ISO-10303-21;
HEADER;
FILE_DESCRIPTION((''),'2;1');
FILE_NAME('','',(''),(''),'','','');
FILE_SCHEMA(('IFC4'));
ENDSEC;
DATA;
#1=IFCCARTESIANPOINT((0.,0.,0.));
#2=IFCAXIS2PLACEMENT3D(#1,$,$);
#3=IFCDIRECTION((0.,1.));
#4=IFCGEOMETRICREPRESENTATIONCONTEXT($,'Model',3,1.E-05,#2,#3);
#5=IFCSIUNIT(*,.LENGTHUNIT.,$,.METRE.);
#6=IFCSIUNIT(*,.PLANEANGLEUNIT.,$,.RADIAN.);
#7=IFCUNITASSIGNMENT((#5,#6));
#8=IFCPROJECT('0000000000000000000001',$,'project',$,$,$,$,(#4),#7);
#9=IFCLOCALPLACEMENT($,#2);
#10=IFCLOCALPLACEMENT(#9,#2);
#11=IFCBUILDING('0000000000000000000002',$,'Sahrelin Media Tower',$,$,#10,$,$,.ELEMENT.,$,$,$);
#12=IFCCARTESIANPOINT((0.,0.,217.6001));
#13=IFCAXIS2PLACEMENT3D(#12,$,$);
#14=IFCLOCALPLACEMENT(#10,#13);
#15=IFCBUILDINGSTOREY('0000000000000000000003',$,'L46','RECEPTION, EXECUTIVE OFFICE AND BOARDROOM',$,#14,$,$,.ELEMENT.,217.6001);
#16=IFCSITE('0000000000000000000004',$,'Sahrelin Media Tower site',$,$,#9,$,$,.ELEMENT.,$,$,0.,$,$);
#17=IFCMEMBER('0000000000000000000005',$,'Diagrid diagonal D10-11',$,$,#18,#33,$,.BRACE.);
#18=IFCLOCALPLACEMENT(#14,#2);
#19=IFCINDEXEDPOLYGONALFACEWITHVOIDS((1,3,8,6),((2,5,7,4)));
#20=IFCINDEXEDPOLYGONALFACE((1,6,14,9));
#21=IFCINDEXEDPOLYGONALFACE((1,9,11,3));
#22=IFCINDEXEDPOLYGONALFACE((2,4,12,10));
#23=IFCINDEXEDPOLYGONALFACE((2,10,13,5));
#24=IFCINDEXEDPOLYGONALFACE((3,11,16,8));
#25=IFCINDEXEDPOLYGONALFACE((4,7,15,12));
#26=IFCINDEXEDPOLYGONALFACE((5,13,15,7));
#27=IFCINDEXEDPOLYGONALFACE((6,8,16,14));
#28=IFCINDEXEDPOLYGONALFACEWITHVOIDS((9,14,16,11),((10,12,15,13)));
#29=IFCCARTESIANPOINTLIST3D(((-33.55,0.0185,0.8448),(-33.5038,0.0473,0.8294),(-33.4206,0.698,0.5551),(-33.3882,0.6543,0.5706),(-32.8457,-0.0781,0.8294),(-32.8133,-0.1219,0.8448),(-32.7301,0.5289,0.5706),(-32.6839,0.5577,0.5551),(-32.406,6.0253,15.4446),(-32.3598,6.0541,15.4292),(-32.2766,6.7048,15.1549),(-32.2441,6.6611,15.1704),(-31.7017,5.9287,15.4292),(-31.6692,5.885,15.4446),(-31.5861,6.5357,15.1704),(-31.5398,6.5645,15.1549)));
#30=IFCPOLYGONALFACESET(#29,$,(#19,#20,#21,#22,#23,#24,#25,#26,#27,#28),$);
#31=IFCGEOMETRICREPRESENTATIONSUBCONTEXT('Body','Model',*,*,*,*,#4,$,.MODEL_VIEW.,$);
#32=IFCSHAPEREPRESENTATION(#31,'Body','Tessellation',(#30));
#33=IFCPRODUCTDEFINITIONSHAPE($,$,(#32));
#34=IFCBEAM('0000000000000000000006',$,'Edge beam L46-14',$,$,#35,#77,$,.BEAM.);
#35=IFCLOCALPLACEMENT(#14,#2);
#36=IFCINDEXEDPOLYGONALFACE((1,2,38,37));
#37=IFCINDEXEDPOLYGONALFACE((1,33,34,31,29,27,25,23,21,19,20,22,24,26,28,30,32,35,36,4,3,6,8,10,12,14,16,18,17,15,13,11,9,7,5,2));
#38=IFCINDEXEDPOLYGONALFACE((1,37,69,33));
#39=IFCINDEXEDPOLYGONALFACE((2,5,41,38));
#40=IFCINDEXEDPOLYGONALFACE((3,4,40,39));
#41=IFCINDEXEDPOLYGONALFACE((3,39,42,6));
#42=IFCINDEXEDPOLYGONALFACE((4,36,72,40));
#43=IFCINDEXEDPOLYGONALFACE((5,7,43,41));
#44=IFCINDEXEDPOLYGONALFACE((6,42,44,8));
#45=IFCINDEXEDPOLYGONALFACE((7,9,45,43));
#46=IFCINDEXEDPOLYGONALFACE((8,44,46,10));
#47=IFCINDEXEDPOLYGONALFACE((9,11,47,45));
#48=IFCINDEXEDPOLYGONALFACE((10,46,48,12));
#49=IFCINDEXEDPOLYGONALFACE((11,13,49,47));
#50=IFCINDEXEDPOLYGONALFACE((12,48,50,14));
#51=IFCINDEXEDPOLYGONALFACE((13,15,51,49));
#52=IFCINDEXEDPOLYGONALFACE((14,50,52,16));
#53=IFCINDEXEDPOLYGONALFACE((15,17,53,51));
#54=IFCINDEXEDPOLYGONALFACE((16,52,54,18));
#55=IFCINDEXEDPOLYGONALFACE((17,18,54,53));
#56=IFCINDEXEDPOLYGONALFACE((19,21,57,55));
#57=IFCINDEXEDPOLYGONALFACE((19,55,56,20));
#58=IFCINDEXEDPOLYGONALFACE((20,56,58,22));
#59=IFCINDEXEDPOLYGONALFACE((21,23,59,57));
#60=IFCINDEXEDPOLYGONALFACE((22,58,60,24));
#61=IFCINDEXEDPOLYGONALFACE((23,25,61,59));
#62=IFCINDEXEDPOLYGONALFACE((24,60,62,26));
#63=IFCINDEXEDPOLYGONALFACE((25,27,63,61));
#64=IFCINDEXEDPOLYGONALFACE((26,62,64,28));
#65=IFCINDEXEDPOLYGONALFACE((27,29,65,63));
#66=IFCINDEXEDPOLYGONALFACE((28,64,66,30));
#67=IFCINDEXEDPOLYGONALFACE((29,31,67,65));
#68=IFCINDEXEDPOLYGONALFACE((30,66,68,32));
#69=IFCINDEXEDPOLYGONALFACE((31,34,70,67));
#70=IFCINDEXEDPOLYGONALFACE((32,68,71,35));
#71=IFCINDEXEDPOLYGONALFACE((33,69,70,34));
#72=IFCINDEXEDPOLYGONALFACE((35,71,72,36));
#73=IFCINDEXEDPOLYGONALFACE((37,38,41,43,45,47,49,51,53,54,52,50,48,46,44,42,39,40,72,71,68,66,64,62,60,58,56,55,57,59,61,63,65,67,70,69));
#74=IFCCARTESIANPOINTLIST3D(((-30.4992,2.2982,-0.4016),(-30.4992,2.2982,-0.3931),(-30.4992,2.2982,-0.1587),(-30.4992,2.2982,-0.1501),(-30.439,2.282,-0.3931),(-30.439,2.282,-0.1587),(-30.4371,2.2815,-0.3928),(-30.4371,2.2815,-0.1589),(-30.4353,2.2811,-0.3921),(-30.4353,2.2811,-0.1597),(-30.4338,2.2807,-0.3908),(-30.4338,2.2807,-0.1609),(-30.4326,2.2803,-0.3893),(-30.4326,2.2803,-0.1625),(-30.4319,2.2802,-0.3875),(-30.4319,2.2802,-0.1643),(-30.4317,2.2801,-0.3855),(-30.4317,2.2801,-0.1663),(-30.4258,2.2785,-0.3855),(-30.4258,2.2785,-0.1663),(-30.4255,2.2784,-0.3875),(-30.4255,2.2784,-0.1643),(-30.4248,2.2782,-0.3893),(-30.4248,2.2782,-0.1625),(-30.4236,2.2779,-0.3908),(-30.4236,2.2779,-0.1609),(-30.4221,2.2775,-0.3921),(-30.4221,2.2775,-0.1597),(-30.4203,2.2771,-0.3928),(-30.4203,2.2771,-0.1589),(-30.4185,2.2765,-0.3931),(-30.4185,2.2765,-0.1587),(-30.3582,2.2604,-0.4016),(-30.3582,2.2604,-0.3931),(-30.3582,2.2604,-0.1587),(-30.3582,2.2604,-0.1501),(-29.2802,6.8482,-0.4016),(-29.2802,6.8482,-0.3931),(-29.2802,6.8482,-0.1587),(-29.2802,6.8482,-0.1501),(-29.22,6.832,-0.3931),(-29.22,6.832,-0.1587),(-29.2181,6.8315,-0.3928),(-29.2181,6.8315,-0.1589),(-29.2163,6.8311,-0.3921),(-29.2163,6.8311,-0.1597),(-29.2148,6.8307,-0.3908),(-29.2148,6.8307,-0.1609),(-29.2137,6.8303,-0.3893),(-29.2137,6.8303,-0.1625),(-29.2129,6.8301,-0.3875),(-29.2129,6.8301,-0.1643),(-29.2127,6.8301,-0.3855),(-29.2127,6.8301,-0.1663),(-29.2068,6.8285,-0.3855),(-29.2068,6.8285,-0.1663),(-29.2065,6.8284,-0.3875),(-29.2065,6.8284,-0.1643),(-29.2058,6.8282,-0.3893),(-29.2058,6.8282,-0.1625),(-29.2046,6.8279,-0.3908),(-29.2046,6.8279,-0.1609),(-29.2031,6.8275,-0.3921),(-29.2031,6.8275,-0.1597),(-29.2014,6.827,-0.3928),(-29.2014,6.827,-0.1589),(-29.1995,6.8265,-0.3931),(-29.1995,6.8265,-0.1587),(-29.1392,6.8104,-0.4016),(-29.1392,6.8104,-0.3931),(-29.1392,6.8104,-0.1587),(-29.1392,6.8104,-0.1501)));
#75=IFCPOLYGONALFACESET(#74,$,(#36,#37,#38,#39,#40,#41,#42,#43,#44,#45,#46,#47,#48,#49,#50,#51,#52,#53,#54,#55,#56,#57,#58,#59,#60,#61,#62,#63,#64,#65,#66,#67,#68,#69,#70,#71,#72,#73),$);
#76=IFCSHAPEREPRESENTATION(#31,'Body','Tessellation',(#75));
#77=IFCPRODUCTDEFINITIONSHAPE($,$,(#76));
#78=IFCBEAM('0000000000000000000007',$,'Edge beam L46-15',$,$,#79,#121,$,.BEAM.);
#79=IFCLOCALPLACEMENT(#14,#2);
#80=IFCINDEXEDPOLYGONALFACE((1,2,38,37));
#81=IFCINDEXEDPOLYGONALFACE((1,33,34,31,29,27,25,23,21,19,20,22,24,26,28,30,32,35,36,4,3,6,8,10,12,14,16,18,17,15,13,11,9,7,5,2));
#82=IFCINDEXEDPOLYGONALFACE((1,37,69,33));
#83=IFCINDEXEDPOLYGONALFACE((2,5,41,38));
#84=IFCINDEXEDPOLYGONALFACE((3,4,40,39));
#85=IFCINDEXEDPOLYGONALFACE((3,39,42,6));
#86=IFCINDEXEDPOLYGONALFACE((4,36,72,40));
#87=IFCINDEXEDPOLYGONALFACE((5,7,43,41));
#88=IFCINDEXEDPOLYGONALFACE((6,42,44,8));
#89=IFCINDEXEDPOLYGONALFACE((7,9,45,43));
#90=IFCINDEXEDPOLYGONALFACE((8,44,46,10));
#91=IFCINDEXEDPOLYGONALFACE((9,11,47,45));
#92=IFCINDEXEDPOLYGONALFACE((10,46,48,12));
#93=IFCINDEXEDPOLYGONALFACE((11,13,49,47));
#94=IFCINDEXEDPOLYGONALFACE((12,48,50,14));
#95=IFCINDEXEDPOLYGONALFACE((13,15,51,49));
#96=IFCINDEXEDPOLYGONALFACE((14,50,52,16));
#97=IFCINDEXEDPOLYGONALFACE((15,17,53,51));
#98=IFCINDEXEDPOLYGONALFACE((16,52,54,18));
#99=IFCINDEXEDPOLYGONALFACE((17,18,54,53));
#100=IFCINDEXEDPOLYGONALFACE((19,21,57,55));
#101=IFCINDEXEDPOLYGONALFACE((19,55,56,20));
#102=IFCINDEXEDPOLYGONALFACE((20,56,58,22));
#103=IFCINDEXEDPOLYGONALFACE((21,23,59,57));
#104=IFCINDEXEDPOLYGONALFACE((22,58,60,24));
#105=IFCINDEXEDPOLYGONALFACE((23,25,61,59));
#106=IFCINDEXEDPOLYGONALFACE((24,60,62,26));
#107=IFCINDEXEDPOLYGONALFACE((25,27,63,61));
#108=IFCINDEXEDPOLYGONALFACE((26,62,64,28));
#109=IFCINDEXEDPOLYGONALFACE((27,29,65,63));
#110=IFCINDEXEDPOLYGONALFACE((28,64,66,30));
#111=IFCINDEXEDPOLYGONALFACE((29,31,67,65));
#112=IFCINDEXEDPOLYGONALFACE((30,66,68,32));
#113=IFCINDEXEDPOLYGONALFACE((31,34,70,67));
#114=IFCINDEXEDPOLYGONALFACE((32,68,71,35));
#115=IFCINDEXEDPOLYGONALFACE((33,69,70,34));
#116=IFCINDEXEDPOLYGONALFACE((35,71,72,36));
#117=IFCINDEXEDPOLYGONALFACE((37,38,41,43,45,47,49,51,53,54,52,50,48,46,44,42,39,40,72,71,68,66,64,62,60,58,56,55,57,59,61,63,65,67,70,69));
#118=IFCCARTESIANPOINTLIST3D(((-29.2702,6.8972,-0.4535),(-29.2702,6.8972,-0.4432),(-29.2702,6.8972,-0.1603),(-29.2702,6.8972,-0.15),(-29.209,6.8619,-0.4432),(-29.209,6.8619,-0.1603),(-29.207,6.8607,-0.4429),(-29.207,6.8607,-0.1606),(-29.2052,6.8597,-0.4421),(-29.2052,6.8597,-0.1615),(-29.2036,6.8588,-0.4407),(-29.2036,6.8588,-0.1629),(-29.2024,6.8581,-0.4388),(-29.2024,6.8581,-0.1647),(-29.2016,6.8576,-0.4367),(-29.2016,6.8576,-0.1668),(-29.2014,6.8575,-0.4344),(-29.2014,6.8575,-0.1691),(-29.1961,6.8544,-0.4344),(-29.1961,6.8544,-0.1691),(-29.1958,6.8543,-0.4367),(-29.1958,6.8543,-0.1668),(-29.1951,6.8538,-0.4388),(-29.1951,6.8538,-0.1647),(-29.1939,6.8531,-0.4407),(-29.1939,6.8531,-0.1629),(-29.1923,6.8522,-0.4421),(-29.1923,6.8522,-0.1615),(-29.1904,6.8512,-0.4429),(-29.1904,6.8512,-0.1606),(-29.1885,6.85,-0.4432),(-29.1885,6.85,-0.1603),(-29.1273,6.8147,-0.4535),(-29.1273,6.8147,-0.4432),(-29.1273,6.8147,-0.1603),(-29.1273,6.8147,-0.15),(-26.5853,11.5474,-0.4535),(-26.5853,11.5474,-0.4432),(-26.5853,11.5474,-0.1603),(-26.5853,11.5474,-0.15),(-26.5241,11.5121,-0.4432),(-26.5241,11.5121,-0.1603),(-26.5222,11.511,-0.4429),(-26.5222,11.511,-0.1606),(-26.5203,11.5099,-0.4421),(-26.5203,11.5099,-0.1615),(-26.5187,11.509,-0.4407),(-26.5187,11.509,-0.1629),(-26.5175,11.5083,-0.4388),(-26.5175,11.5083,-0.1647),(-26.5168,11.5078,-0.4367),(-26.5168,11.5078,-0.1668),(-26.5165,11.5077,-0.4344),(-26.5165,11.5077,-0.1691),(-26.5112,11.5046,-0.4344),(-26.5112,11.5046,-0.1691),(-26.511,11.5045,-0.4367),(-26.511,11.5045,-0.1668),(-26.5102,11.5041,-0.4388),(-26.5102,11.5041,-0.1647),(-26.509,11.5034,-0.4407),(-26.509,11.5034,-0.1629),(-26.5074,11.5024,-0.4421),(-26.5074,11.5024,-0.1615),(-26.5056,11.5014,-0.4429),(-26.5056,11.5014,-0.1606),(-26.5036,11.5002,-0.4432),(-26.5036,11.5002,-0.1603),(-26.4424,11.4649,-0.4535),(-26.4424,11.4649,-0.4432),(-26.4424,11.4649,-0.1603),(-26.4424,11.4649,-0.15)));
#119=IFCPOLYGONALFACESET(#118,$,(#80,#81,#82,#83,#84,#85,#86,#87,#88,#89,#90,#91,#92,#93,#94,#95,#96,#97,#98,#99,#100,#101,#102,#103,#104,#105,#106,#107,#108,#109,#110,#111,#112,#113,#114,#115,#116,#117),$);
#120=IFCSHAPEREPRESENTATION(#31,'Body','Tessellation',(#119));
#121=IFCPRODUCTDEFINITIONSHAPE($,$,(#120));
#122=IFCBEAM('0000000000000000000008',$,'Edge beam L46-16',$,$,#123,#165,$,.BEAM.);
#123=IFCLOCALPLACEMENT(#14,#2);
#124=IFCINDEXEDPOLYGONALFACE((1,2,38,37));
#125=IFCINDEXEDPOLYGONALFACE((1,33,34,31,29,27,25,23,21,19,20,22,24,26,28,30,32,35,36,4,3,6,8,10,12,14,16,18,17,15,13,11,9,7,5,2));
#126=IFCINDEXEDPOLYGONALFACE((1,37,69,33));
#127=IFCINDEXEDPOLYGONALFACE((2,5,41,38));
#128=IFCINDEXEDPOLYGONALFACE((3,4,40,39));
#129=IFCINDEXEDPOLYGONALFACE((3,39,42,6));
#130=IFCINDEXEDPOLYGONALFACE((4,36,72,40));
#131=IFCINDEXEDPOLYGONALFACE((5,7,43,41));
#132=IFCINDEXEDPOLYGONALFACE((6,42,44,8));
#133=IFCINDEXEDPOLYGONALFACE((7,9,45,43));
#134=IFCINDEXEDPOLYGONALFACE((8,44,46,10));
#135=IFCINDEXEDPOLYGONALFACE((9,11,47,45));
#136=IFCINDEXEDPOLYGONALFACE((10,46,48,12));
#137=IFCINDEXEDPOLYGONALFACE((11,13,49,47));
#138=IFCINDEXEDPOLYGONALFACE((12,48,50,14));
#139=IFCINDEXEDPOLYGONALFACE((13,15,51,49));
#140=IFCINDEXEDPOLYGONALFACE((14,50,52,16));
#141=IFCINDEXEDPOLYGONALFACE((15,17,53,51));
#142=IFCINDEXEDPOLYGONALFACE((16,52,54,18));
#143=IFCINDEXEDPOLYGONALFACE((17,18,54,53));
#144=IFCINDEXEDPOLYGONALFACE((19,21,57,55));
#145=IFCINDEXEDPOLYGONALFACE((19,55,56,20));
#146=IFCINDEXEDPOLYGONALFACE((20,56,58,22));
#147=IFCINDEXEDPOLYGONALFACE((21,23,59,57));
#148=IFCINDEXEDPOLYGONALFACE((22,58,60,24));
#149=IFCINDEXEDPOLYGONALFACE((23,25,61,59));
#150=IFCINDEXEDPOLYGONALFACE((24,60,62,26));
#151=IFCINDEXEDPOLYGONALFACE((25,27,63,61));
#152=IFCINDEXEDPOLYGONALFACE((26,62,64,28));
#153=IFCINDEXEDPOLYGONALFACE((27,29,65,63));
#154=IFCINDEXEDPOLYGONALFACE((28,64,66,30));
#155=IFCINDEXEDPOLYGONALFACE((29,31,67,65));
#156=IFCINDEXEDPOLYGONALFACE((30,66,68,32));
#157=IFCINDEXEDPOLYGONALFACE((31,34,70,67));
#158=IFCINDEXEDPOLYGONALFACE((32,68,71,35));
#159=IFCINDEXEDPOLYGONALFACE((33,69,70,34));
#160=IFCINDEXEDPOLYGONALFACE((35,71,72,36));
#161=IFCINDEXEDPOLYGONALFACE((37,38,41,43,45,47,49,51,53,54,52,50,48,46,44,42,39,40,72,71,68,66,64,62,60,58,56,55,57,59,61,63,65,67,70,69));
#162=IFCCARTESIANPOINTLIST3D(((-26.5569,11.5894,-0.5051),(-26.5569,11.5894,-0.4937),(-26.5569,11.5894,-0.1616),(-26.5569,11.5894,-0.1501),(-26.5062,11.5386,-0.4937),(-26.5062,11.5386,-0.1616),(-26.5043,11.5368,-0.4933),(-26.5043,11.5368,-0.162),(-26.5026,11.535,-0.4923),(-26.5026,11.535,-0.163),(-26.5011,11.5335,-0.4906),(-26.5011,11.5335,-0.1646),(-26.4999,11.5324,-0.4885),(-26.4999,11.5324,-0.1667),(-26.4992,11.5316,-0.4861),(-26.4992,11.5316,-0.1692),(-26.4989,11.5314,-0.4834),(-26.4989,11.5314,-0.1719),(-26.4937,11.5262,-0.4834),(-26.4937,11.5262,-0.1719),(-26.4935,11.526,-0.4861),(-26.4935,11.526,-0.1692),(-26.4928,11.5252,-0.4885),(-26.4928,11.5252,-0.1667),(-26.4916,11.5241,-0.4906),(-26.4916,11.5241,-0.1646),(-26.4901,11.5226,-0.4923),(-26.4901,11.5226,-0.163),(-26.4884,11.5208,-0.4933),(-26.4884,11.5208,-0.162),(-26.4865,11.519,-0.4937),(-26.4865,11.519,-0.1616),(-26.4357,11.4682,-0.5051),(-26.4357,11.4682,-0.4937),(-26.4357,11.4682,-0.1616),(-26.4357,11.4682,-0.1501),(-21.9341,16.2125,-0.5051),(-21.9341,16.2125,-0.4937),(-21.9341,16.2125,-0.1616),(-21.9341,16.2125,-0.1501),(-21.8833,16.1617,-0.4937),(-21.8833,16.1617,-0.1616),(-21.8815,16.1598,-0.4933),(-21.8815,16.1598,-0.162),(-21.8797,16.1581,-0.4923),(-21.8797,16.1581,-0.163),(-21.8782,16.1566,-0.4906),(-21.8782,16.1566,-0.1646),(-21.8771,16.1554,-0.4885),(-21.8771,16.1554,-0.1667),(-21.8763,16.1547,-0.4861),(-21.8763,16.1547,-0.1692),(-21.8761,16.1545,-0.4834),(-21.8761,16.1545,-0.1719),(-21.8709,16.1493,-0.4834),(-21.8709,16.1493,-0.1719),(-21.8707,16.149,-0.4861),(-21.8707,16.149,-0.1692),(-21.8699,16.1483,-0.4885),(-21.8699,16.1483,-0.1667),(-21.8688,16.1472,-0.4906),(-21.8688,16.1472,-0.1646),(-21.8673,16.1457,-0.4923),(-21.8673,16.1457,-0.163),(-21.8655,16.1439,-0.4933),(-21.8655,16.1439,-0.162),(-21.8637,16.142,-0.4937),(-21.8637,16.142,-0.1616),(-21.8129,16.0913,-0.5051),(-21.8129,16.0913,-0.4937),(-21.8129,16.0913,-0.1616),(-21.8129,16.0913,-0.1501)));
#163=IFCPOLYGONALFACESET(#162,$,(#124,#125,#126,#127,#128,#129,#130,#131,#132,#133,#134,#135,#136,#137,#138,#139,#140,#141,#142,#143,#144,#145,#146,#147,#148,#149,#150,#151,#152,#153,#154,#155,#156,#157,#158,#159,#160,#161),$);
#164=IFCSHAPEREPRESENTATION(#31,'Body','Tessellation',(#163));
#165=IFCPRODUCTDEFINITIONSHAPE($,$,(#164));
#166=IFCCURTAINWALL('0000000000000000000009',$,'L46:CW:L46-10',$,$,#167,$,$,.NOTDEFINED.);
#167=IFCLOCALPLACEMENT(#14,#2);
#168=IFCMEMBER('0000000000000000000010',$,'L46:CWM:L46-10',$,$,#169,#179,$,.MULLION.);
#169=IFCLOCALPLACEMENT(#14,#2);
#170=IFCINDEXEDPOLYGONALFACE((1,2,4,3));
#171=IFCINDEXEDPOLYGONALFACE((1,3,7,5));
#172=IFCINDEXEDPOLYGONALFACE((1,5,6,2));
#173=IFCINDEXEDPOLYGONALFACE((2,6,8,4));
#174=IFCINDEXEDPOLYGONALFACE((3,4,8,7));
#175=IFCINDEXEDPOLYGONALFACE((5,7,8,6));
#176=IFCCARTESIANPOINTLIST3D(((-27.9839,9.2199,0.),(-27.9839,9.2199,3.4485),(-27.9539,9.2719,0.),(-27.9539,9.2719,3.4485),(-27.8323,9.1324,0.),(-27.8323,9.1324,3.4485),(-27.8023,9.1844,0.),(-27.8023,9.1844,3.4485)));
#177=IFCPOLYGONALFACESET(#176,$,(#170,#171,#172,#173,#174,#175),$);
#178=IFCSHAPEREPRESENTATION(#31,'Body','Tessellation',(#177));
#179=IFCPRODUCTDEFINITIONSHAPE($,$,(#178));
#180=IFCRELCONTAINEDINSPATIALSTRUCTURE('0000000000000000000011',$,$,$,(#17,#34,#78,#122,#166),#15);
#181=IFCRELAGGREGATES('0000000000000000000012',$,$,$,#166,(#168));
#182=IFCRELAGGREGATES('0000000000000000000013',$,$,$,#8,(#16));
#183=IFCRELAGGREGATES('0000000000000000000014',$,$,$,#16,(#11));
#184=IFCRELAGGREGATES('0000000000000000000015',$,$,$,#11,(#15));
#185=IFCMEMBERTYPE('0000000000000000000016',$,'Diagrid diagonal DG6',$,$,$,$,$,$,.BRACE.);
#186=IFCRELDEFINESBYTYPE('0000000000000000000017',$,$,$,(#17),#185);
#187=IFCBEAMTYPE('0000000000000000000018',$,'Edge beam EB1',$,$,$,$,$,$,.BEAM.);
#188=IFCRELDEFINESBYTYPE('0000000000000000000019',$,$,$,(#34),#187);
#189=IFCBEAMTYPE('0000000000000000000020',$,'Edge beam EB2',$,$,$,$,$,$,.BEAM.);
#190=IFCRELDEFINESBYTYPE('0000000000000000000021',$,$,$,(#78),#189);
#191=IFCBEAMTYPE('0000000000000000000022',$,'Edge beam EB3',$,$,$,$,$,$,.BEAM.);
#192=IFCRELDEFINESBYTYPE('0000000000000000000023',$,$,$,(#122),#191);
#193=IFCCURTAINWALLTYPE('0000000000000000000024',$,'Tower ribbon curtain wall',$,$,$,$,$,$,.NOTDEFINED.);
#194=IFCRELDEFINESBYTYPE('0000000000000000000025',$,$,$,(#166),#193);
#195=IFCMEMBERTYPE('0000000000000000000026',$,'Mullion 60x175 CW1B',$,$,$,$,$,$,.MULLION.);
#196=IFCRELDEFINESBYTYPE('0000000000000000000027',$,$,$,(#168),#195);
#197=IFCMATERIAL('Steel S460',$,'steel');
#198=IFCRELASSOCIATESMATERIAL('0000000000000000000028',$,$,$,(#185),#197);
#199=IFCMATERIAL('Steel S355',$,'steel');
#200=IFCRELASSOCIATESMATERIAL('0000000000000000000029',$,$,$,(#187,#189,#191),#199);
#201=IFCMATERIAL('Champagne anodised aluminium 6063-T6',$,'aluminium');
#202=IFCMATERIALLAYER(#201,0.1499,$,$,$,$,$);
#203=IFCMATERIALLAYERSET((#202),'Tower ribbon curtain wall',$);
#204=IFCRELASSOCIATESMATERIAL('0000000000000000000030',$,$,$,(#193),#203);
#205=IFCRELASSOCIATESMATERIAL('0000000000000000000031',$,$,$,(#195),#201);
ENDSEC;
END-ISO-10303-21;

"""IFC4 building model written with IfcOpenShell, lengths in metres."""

from ifc_helpers import new_model, si_unit, direction, frame, origin, origin_2d, place, context, subcontext, project, spatial, rectangle, hollow_rectangle, i_section, extrude, material, layer, layer_set, material_profile, profile_set, type_object, element, aggregate, save


model = new_model("IFC4")

# Units and contexts
model_context = context("Model", 3, precision=1e-05, world=origin(), true_north=direction((0.0, 1.0)))
body_context = subcontext(model_context, "Body", "Model", "MODEL_VIEW")
ifc_project = project(units=[si_unit("LENGTHUNIT", "METRE"), si_unit("PLANEANGLEUNIT", "RADIAN")], contexts=[model_context])

# Site, building, storey
site_placement = place(None, origin())
site = spatial("IfcSite", under=ifc_project, at=site_placement, Name="Sahrelin Media Tower site", CompositionType="ELEMENT", RefElevation=0.0)
building_placement = place(site_placement, origin())
building = spatial("IfcBuilding", under=site, at=building_placement, Name="Sahrelin Media Tower", CompositionType="ELEMENT")
storey_placement = place(building_placement, frame((0.0, 0.0, 217.6001)))
storey = spatial("IfcBuildingStorey", under=building, at=storey_placement, Name="L46", Description="RECEPTION, EXECUTIVE OFFICE AND BOARDROOM", CompositionType="ELEMENT", Elevation=217.6001)

# Member
ifc_material_1 = material(Name="Steel S460", Category="steel")
ifc_material_profile_1 = material_profile(ifc_material_1, hollow_rectangle(XDim=0.75, YDim=0.75, WallThickness=0.04, at=origin_2d()), Name="Diagrid diagonal DG6")
ifc_profile_set_1 = profile_set([ifc_material_profile_1], Name="Steel S460")
member_type_1 = type_object("IfcMemberType", Name="Diagrid diagonal DG6", PredefinedType="BRACE", material=ifc_profile_set_1)
member_1_placement = place(storey_placement, frame((-33.1169, 0.2881, 0.7), z_axis=(0.072277, 0.379491, 0.922368), x_axis=(-0.982342, 0.187094, 0.0)))
element("IfcMember", 1, at=member_1_placement, inside=storey, type_object=member_type_1, Name="Diagrid diagonal D10-11", PredefinedType="BRACE", context=body_context, shape_type="SweptSolid", body=[
    extrude(hollow_rectangle(XDim=0.75, YDim=0.75, WallThickness=0.04, at=origin_2d()), origin(), (0.0, 0.0, 1.0), 15.8286),
])

# Beams
ifc_material_2 = material(Name="Steel S355", Category="steel")
ifc_material_profile_2 = material_profile(ifc_material_2, i_section(OverallWidth=0.146, OverallDepth=0.2515, WebThickness=0.0061, FlangeThickness=0.0085, FilletRadius=0.0076, at=origin_2d()), Name="UB 254x146x31")
ifc_profile_set_2 = profile_set([ifc_material_profile_2], Name="Steel S355")
beam_type_1 = type_object("IfcBeamType", Name="Edge beam EB1", PredefinedType="BEAM", material=ifc_profile_set_2)
beam_1_placement = place(storey_placement, frame((-30.4287, 2.2793, -0.2759), z_axis=(0.258782, 0.965936, 0.0), x_axis=(-0.965936, 0.258782, 0.0)))
element("IfcBeam", 2, at=beam_1_placement, inside=storey, type_object=beam_type_1, Name="Edge beam L46-14", PredefinedType="BEAM", context=body_context, shape_type="SweptSolid", body=[
    extrude(i_section(OverallWidth=0.146, OverallDepth=0.2515, WebThickness=0.0061, FlangeThickness=0.0085, FilletRadius=0.0076, at=origin_2d()), origin(), (0.0, 0.0, 1.0), 4.7104),
])
ifc_material_profile_3 = material_profile(ifc_material_2, i_section(OverallWidth=0.165, OverallDepth=0.3035, WebThickness=0.0061, FlangeThickness=0.0103, FilletRadius=0.0088, at=origin_2d()), Name="UB 305x165x40")
ifc_profile_set_3 = profile_set([ifc_material_profile_3], Name="Steel S355")
beam_type_2 = type_object("IfcBeamType", Name="Edge beam EB2", PredefinedType="BEAM", material=ifc_profile_set_3)
beam_2_placement = place(storey_placement, frame((-29.1987, 6.856, -0.3018), z_axis=(0.500007, 0.866021, 0.0), x_axis=(-0.866021, 0.500007, 0.0)))
element("IfcBeam", 3, at=beam_2_placement, inside=storey, type_object=beam_type_2, Name="Edge beam L46-15", PredefinedType="BEAM", context=body_context, shape_type="SweptSolid", body=[
    extrude(i_section(OverallWidth=0.165, OverallDepth=0.3035, WebThickness=0.0061, FlangeThickness=0.0103, FilletRadius=0.0088, at=origin_2d()), origin(), (0.0, 0.0, 1.0), 5.3696),
])
ifc_material_profile_4 = material_profile(ifc_material_2, i_section(OverallWidth=0.1714, OverallDepth=0.355, WebThickness=0.0073, FlangeThickness=0.0115, FilletRadius=0.0103, at=origin_2d()), Name="UB 356x171x51")
ifc_profile_set_4 = profile_set([ifc_material_profile_4], Name="Steel S355")
beam_type_3 = type_object("IfcBeamType", Name="Edge beam EB3", PredefinedType="BEAM", material=ifc_profile_set_4)
beam_3_placement = place(storey_placement, frame((-26.4963, 11.5288, -0.3276), z_axis=(0.707088, 0.707125, 0.0), x_axis=(-0.707125, 0.707088, 0.0)))
element("IfcBeam", 4, at=beam_3_placement, inside=storey, type_object=beam_type_3, Name="Edge beam L46-16", PredefinedType="BEAM", context=body_context, shape_type="SweptSolid", body=[
    extrude(i_section(OverallWidth=0.1714, OverallDepth=0.355, WebThickness=0.0073, FlangeThickness=0.0115, FilletRadius=0.0103, at=origin_2d()), origin(), (0.0, 0.0, 1.0), 6.5378),
])

# Curtain wall, member
ifc_material_3 = material(Name="Champagne anodised aluminium 6063-T6", Category="aluminium")
ifc_layer_1 = layer(ifc_material_3, 0.1499)
ifc_layer_set_1 = layer_set([ifc_layer_1], Name="Tower ribbon curtain wall")
curtain_wall_type = type_object("IfcCurtainWallType", Name="Tower ribbon curtain wall", PredefinedType="NOTDEFINED", material=ifc_layer_set_1)
curtain_wall_1_placement = place(storey_placement, frame((-27.9861, 9.2561, 0.0), z_axis=(0.0, 0.0, 1.0), x_axis=(1.0, 0.0, 0.0)))
curtain_wall_1 = element("IfcCurtainWall", 5, at=curtain_wall_1_placement, inside=storey, type_object=curtain_wall_type, Name="L46:CW:L46-10", PredefinedType="NOTDEFINED")
ifc_material_profile_5 = material_profile(ifc_material_3, rectangle(XDim=0.0601, YDim=0.175, at=origin_2d()), Name="Mullion 60x175")
ifc_profile_set_5 = profile_set([ifc_material_profile_5], Name="Champagne anodised aluminium 6063-T6")
member_type_2 = type_object("IfcMemberType", Name="Mullion 60x175 CW1B", PredefinedType="MULLION", material=ifc_profile_set_5)
member_2_placement = place(storey_placement, frame((-27.8931, 9.2021, 0.0), z_axis=(0.0, 0.0, 1.0), x_axis=(-0.499995, -0.866028, 0.0)))
member_2 = element("IfcMember", 6, at=member_2_placement, type_object=member_type_2, Name="L46:CWM:L46-10", PredefinedType="MULLION", context=body_context, shape_type="SweptSolid", body=[
    extrude(rectangle(XDim=0.0601, YDim=0.175, at=origin_2d()), origin(), (0.0, 0.0, 1.0), 3.4485),
])

aggregate(curtain_wall_1, [member_2])

save(model, "model.ifc")
